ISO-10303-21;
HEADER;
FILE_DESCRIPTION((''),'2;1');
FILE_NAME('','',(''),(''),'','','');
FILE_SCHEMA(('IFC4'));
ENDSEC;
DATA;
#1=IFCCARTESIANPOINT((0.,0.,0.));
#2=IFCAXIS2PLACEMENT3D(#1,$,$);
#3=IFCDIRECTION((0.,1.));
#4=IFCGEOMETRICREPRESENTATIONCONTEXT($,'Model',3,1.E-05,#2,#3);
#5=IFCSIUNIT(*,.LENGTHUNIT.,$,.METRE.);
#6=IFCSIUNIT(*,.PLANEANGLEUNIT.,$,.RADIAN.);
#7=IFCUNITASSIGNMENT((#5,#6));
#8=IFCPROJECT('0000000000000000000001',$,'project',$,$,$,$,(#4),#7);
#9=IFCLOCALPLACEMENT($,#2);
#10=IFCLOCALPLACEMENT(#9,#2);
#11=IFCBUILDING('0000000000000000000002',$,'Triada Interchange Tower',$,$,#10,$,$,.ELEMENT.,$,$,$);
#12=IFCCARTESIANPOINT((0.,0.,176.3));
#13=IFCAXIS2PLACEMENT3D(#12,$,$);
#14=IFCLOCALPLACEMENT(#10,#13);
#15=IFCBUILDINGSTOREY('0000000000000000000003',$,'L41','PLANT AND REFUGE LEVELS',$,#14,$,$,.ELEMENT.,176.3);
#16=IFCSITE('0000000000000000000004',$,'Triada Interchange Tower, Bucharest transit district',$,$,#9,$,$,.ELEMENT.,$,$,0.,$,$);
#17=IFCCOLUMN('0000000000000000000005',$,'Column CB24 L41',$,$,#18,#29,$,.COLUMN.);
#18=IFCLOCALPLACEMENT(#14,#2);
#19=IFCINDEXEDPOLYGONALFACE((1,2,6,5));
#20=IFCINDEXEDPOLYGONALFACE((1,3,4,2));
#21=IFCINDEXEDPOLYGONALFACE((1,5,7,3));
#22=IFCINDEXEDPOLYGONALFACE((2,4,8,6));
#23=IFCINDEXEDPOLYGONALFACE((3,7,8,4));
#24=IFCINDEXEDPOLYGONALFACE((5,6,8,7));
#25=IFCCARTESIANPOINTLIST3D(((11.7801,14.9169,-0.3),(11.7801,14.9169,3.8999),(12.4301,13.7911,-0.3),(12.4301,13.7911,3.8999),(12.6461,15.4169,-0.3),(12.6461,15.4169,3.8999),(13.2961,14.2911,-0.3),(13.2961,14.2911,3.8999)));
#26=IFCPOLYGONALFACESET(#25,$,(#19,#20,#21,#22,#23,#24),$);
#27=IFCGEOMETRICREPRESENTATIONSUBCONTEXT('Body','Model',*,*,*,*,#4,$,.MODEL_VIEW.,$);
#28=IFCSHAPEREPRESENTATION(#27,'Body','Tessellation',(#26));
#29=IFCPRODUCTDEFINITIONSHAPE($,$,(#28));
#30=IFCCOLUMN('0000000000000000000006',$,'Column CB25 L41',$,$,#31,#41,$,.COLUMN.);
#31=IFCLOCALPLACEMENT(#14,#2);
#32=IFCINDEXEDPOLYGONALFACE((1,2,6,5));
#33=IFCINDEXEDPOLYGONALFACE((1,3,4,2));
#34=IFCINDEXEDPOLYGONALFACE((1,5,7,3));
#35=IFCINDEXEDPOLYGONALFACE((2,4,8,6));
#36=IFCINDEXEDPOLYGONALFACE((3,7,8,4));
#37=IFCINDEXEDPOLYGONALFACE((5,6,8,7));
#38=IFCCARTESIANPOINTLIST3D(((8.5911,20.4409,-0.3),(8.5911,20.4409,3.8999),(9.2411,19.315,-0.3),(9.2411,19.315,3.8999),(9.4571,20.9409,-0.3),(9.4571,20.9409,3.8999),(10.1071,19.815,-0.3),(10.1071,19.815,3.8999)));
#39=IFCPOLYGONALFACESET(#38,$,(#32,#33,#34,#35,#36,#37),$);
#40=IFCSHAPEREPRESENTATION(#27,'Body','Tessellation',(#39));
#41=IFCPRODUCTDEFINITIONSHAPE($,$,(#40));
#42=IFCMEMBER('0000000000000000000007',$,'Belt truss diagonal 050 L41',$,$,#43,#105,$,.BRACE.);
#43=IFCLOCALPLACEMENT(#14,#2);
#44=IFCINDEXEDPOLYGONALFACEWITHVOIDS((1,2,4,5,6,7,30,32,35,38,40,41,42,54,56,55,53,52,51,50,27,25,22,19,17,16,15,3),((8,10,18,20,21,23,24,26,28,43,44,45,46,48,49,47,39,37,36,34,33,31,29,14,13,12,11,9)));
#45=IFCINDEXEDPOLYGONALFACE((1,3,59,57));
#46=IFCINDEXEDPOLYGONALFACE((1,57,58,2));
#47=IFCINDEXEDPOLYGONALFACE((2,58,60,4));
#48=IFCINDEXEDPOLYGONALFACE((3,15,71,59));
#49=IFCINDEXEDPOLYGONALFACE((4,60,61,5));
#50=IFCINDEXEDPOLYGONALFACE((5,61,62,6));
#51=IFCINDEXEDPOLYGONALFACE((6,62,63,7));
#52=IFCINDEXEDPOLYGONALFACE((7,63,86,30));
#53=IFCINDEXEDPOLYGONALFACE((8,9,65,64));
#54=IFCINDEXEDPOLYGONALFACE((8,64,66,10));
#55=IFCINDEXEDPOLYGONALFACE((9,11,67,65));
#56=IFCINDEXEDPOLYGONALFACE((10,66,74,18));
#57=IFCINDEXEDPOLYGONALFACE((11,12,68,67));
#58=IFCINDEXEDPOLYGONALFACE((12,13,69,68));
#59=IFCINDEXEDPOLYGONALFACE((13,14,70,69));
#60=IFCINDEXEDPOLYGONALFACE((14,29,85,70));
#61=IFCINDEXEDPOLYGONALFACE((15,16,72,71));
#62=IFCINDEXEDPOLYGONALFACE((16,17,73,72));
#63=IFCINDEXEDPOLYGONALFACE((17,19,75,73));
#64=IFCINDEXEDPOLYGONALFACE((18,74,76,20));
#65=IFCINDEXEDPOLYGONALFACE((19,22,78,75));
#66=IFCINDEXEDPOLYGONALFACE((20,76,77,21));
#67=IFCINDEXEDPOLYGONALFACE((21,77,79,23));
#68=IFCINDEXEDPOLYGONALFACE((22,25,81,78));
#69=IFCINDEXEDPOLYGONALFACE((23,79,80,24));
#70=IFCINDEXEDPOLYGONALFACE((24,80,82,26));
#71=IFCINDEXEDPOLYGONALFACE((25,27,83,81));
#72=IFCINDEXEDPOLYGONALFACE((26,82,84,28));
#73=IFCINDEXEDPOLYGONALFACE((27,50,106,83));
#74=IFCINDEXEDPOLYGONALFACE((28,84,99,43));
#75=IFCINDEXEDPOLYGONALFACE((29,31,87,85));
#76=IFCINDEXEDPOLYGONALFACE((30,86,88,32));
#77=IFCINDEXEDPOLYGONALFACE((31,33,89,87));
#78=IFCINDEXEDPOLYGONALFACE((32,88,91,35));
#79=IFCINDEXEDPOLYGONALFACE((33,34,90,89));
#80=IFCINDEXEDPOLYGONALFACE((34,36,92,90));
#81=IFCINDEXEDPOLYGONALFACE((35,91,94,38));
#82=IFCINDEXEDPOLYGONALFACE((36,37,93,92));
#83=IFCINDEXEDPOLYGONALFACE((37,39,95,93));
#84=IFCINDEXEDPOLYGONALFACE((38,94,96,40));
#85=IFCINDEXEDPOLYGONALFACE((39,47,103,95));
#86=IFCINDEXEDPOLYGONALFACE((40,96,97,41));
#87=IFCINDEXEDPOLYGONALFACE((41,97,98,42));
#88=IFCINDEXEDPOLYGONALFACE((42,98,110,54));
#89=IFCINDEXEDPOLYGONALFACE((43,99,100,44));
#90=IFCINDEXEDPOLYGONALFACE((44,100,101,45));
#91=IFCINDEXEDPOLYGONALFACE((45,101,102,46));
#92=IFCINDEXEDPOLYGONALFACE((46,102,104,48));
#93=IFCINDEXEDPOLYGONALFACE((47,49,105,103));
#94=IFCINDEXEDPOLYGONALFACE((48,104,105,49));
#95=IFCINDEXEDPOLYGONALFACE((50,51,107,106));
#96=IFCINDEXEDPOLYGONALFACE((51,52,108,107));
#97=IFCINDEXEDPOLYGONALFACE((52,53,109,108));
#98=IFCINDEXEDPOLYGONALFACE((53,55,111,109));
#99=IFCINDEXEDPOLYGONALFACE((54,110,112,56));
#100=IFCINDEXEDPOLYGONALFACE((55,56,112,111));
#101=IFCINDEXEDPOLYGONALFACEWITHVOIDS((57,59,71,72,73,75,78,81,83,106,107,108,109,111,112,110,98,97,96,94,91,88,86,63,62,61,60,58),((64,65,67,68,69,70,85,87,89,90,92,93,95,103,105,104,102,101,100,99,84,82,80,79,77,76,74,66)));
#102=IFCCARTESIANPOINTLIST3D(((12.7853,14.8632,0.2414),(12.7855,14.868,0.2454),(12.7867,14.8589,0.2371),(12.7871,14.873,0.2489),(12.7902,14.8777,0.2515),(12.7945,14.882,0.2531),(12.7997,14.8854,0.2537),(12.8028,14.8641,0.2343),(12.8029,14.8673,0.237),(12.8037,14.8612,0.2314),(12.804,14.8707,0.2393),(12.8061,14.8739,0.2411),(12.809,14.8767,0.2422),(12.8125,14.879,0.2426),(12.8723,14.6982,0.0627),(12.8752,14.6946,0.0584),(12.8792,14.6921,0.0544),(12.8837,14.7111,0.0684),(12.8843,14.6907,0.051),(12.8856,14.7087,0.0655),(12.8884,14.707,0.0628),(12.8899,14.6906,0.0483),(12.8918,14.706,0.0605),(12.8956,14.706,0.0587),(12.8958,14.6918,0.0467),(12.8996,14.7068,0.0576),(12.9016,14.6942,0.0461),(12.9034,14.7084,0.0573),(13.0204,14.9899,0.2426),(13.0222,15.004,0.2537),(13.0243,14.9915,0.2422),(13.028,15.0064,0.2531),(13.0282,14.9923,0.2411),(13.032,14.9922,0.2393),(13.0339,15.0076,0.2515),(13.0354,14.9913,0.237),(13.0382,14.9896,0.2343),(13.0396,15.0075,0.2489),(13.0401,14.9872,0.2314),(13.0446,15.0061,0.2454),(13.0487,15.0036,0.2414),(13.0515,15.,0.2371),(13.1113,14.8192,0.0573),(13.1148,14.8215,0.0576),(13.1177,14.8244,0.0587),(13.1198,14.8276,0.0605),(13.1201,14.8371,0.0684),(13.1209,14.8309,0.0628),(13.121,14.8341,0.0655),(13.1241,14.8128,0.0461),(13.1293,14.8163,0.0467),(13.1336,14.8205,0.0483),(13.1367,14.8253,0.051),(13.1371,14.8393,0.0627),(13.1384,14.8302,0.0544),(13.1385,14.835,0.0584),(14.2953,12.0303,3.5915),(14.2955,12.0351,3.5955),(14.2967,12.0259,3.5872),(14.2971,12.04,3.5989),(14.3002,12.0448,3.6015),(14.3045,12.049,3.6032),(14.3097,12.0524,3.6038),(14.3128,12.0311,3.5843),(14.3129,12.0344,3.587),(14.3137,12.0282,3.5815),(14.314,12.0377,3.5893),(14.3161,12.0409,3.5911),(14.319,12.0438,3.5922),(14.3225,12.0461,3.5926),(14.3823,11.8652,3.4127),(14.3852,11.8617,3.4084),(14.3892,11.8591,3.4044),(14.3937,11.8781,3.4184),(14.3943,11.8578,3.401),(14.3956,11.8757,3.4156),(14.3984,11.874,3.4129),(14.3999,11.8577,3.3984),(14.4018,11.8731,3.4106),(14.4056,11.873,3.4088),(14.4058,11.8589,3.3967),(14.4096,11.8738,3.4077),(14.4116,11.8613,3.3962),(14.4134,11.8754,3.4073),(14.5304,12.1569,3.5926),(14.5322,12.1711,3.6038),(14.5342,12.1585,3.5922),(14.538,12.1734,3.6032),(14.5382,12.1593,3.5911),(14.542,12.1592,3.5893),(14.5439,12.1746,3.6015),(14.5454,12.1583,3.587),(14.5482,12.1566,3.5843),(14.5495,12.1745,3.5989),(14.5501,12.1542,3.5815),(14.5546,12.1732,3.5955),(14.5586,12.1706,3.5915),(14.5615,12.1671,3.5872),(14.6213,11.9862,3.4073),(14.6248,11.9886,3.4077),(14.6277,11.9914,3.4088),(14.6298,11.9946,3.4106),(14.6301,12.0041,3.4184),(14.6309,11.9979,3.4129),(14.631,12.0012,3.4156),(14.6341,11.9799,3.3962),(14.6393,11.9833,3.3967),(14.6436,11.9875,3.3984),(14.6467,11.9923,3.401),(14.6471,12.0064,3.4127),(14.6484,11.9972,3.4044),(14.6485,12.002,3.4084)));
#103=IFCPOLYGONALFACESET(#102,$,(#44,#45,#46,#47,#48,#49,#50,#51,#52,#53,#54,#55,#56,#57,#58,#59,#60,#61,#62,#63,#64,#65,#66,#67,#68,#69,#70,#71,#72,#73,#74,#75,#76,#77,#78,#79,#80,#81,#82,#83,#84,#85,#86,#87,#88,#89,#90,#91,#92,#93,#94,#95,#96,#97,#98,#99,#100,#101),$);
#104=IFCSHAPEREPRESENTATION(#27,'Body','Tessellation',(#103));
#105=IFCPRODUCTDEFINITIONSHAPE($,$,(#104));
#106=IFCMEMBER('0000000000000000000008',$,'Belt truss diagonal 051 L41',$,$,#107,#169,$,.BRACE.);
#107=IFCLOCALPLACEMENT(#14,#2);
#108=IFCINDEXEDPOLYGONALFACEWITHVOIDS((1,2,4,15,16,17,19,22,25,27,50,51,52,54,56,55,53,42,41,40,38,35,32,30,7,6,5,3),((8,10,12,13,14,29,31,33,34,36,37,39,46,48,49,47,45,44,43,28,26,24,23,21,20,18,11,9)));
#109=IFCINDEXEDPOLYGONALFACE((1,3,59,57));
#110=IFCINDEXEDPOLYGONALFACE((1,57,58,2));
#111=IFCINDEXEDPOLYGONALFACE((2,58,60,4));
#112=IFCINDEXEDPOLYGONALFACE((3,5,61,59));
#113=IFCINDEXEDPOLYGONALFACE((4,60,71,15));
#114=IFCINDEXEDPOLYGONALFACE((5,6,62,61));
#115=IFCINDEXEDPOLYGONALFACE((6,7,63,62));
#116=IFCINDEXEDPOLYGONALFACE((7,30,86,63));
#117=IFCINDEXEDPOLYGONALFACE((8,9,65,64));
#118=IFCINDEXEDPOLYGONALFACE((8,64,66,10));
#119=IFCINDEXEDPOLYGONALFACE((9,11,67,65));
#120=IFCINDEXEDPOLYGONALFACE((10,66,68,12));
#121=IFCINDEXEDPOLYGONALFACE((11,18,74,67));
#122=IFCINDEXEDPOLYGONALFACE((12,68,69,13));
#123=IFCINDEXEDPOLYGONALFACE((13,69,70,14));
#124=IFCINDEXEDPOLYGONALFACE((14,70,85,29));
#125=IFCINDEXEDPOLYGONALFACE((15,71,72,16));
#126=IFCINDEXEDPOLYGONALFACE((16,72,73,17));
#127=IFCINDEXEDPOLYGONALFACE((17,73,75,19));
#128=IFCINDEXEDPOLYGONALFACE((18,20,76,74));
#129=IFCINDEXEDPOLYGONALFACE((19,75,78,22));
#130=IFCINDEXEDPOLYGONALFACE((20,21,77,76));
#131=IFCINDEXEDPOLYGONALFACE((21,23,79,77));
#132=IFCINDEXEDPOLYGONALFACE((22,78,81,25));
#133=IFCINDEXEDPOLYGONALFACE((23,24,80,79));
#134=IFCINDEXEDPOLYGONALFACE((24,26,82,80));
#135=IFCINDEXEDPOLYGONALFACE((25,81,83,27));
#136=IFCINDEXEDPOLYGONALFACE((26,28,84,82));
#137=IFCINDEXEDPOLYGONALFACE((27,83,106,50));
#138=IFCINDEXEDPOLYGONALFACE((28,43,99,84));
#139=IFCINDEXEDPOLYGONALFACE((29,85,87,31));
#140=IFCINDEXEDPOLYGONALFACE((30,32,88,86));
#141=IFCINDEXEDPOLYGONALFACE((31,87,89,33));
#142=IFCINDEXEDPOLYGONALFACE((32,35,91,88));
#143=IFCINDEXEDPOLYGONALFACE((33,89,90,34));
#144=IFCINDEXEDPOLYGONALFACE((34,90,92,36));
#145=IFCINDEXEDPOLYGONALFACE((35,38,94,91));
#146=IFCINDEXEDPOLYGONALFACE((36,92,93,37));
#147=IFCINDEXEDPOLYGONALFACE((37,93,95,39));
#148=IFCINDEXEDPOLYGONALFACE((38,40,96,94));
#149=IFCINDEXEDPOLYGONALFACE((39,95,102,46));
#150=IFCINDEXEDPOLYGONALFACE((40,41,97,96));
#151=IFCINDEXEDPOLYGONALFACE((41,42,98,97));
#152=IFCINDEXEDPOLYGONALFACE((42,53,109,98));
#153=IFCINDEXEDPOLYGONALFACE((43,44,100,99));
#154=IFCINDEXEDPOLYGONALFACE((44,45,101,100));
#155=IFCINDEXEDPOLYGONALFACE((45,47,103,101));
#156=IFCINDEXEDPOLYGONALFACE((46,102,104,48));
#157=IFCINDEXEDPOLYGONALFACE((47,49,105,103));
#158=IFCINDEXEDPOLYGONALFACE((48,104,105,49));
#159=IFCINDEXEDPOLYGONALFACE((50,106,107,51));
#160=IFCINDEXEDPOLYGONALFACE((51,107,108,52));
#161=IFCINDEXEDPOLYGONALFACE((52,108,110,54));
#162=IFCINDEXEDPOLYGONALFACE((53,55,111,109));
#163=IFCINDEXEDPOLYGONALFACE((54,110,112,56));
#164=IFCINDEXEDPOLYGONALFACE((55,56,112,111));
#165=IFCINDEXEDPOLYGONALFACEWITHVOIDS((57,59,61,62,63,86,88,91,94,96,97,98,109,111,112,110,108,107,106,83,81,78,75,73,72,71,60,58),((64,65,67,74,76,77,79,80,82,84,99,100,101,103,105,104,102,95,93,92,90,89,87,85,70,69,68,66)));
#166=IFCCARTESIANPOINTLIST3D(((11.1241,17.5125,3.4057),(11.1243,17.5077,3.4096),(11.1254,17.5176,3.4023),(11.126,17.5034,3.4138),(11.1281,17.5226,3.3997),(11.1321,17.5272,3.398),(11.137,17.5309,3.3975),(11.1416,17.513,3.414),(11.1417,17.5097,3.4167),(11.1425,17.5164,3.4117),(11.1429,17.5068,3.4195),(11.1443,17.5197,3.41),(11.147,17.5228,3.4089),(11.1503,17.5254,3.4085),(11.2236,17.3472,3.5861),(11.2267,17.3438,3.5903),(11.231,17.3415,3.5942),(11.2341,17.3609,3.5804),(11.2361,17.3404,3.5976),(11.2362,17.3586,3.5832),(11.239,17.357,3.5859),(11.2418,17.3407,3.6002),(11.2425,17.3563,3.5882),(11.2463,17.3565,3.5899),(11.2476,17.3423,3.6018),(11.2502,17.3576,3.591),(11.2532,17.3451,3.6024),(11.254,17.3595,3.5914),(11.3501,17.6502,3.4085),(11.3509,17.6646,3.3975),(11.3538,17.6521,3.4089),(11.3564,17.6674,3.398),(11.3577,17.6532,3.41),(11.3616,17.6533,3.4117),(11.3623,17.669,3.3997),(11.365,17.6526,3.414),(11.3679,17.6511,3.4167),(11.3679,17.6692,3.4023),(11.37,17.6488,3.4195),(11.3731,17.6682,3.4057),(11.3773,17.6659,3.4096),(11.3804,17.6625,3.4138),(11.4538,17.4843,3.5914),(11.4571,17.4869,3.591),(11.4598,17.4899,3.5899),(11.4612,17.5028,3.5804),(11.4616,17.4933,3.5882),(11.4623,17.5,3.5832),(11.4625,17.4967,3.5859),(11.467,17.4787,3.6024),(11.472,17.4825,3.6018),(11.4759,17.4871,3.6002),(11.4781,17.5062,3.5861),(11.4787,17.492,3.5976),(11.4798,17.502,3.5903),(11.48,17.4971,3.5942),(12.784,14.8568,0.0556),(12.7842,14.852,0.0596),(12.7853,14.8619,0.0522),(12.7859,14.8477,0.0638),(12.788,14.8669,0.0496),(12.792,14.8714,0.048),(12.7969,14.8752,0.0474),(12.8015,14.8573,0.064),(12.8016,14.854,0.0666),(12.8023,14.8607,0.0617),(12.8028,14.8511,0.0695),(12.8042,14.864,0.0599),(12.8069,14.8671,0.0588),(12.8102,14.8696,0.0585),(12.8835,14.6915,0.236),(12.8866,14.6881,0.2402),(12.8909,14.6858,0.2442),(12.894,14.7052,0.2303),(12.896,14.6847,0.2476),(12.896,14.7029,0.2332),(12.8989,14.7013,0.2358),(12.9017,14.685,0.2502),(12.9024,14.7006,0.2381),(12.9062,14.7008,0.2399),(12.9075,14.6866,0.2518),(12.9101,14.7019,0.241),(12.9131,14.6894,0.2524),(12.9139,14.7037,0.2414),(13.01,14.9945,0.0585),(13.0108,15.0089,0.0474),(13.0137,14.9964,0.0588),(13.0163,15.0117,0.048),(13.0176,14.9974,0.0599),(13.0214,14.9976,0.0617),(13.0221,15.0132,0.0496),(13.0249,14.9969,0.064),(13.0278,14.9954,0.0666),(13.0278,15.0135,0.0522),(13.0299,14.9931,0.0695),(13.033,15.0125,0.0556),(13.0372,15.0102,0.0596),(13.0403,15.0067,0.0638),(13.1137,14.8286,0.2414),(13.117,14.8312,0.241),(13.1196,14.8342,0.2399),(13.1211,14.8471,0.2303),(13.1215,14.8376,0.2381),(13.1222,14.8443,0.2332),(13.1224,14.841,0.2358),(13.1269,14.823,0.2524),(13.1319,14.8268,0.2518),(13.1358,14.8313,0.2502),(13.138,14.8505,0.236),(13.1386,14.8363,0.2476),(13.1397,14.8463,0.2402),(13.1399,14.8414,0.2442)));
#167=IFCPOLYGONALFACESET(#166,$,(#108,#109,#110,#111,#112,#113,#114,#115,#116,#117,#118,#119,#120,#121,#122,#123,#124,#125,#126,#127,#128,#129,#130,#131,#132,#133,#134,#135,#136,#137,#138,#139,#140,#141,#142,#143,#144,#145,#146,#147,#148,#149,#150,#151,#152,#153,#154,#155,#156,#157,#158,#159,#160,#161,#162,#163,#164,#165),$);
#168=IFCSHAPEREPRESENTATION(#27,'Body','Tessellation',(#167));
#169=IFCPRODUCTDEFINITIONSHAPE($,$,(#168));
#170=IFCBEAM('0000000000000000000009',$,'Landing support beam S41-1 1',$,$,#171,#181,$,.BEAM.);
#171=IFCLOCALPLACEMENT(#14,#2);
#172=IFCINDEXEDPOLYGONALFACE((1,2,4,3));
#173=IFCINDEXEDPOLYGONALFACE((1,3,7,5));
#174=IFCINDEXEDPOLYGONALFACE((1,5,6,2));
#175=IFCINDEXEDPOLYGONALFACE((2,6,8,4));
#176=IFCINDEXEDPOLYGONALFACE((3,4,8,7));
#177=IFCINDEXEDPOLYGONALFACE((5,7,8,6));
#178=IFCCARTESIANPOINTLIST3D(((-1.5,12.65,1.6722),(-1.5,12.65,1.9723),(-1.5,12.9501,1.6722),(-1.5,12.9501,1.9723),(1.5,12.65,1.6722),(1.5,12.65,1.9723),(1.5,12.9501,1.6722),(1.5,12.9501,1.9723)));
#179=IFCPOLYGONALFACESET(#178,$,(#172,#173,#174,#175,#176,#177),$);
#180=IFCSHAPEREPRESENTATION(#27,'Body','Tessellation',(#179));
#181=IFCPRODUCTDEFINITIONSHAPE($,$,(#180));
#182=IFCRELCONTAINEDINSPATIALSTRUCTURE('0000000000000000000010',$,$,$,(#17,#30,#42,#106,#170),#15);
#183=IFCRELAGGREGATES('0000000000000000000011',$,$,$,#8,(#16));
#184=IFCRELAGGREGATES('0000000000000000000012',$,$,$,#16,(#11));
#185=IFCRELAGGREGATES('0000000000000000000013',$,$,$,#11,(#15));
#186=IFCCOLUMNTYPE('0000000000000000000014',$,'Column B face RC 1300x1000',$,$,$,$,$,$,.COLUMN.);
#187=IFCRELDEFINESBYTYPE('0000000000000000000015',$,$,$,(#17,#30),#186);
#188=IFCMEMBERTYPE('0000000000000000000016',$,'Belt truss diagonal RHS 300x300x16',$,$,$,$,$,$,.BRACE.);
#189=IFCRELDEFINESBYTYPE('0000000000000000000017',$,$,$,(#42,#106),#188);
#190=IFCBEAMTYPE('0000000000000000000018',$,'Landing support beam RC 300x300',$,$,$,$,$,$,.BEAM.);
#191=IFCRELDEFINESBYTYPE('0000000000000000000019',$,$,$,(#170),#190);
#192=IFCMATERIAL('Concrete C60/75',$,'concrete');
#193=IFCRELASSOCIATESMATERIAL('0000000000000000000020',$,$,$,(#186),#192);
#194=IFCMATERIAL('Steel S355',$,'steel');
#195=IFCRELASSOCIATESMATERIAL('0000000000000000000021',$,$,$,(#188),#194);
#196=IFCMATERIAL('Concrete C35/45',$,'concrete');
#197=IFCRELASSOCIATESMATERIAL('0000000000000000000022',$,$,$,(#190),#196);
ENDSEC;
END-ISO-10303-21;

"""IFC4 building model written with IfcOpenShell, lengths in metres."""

from ifc_helpers import new_model, si_unit, direction, frame, origin, origin_2d, place, context, subcontext, project, spatial, rectangle, hollow_rectangle, extrude, material, material_profile, profile_set, type_object, element, save


model = new_model("IFC4")

# Units and contexts
model_context = context("Model", 3, precision=1e-05, world=origin(), true_north=direction((0.0, 1.0)))
body_context = subcontext(model_context, "Body", "Model", "MODEL_VIEW")
ifc_project = project(units=[si_unit("LENGTHUNIT", "METRE"), si_unit("PLANEANGLEUNIT", "RADIAN")], contexts=[model_context])

# Site, building, storey
site_placement = place(None, origin())
site = spatial("IfcSite", under=ifc_project, at=site_placement, Name="Triada Interchange Tower, Bucharest transit district", CompositionType="ELEMENT", RefElevation=0.0)
building_placement = place(site_placement, origin())
building = spatial("IfcBuilding", under=site, at=building_placement, Name="Triada Interchange Tower", CompositionType="ELEMENT")
storey_placement = place(building_placement, frame((0.0, 0.0, 176.3)))
storey = spatial("IfcBuildingStorey", under=building, at=storey_placement, Name="L41", Description="PLANT AND REFUGE LEVELS", CompositionType="ELEMENT", Elevation=176.3)

# Columns
ifc_material_1 = material(Name="Concrete C60/75", Category="concrete")
ifc_material_profile_1 = material_profile(ifc_material_1, rectangle(XDim=1.3, YDim=1.0, at=origin_2d()), Name="RC 1300x1000")
ifc_profile_set_1 = profile_set([ifc_material_profile_1], Name="Concrete C60/75")
column_type = type_object("IfcColumnType", Name="Column B face RC 1300x1000", PredefinedType="COLUMN", material=ifc_profile_set_1)
for number, where, z_axis, x_axis, name in (
    (1, (12.5381, 14.604, -0.3), (0.0, 0.0, 1.0), (-0.5, 0.866025, 0.0), "Column CB24 L41"),
    (2, (9.3491, 20.1279, -0.3), (0.0, 0.0, 1.0), (-0.5, 0.866025, 0.0), "Column CB25 L41"),
):
    element("IfcColumn", number, at=place(storey_placement, frame(where, z_axis=z_axis, x_axis=x_axis)), inside=storey, type_object=column_type, Name=name, PredefinedType="COLUMN", context=body_context, shape_type="SweptSolid", body=[
        extrude(rectangle(XDim=1.3, YDim=1.0, at=origin_2d()), origin(), (0.0, 0.0, 1.0), 4.2),
    ])

# Members
ifc_material_2 = material(Name="Steel S355", Category="steel")
ifc_material_profile_2 = material_profile(ifc_material_2, hollow_rectangle(XDim=0.3, YDim=0.3, WallThickness=0.0161, InnerFilletRadius=0.0161, OuterFilletRadius=0.0239, at=origin_2d()), Name="RHS 300x300x16")
ifc_profile_set_2 = profile_set([ifc_material_profile_2], Name="Steel S355")
member_type_1 = type_object("IfcMemberType", Name="Belt truss diagonal RHS 300x300x16", PredefinedType="BRACE", material=ifc_profile_set_2)
member_1_placement = place(storey_placement, frame((12.9619, 14.8491, 0.1499), z_axis=(0.325436, -0.610567, 0.72201), x_axis=(0.882473, 0.470363, 0.0)))
element("IfcMember", 3, at=member_1_placement, inside=storey, type_object=member_type_1, Name="Belt truss diagonal 050 L41", PredefinedType="BRACE", context=body_context, shape_type="SweptSolid", body=[
    extrude(hollow_rectangle(XDim=0.3, YDim=0.3, WallThickness=0.0161, InnerFilletRadius=0.0161, OuterFilletRadius=0.0239, at=origin_2d()), origin(), (0.0, 0.0, 1.0), 4.6399),
])
member_2_placement = place(storey_placement, frame((12.9619, 14.8491, 0.1499), z_axis=(-0.361951, 0.5791, 0.730503), x_axis=(-0.84799, -0.530013, 0.0)))
element("IfcMember", 4, at=member_2_placement, inside=storey, type_object=member_type_1, Name="Belt truss diagonal 051 L41", PredefinedType="BRACE", context=body_context, shape_type="SweptSolid", body=[
    extrude(hollow_rectangle(XDim=0.3, YDim=0.3, WallThickness=0.0161, InnerFilletRadius=0.0161, OuterFilletRadius=0.0239, at=origin_2d()), origin(), (0.0, 0.0, 1.0), 4.5859),
])

# Beam
ifc_material_3 = material(Name="Concrete C35/45", Category="concrete")
ifc_material_profile_3 = material_profile(ifc_material_3, rectangle(XDim=0.3, YDim=0.3, at=origin_2d()), Name="RC 300x300")
ifc_profile_set_3 = profile_set([ifc_material_profile_3], Name="Concrete C35/45")
beam_type_1 = type_object("IfcBeamType", Name="Landing support beam RC 300x300", PredefinedType="BEAM", material=ifc_profile_set_3)
beam_1_placement = place(storey_placement, frame((1.5, 12.8, 1.8223), z_axis=(-1.0, 0.0, 0.0), x_axis=(0.0, -1.0, 0.0)))
element("IfcBeam", 5, at=beam_1_placement, inside=storey, type_object=beam_type_1, Name="Landing support beam S41-1 1", PredefinedType="BEAM", context=body_context, shape_type="SweptSolid", body=[
    extrude(rectangle(XDim=0.3, YDim=0.3, at=origin_2d()), origin(), (0.0, 0.0, 1.0), 3.0),
])

save(model, "model.ifc")
